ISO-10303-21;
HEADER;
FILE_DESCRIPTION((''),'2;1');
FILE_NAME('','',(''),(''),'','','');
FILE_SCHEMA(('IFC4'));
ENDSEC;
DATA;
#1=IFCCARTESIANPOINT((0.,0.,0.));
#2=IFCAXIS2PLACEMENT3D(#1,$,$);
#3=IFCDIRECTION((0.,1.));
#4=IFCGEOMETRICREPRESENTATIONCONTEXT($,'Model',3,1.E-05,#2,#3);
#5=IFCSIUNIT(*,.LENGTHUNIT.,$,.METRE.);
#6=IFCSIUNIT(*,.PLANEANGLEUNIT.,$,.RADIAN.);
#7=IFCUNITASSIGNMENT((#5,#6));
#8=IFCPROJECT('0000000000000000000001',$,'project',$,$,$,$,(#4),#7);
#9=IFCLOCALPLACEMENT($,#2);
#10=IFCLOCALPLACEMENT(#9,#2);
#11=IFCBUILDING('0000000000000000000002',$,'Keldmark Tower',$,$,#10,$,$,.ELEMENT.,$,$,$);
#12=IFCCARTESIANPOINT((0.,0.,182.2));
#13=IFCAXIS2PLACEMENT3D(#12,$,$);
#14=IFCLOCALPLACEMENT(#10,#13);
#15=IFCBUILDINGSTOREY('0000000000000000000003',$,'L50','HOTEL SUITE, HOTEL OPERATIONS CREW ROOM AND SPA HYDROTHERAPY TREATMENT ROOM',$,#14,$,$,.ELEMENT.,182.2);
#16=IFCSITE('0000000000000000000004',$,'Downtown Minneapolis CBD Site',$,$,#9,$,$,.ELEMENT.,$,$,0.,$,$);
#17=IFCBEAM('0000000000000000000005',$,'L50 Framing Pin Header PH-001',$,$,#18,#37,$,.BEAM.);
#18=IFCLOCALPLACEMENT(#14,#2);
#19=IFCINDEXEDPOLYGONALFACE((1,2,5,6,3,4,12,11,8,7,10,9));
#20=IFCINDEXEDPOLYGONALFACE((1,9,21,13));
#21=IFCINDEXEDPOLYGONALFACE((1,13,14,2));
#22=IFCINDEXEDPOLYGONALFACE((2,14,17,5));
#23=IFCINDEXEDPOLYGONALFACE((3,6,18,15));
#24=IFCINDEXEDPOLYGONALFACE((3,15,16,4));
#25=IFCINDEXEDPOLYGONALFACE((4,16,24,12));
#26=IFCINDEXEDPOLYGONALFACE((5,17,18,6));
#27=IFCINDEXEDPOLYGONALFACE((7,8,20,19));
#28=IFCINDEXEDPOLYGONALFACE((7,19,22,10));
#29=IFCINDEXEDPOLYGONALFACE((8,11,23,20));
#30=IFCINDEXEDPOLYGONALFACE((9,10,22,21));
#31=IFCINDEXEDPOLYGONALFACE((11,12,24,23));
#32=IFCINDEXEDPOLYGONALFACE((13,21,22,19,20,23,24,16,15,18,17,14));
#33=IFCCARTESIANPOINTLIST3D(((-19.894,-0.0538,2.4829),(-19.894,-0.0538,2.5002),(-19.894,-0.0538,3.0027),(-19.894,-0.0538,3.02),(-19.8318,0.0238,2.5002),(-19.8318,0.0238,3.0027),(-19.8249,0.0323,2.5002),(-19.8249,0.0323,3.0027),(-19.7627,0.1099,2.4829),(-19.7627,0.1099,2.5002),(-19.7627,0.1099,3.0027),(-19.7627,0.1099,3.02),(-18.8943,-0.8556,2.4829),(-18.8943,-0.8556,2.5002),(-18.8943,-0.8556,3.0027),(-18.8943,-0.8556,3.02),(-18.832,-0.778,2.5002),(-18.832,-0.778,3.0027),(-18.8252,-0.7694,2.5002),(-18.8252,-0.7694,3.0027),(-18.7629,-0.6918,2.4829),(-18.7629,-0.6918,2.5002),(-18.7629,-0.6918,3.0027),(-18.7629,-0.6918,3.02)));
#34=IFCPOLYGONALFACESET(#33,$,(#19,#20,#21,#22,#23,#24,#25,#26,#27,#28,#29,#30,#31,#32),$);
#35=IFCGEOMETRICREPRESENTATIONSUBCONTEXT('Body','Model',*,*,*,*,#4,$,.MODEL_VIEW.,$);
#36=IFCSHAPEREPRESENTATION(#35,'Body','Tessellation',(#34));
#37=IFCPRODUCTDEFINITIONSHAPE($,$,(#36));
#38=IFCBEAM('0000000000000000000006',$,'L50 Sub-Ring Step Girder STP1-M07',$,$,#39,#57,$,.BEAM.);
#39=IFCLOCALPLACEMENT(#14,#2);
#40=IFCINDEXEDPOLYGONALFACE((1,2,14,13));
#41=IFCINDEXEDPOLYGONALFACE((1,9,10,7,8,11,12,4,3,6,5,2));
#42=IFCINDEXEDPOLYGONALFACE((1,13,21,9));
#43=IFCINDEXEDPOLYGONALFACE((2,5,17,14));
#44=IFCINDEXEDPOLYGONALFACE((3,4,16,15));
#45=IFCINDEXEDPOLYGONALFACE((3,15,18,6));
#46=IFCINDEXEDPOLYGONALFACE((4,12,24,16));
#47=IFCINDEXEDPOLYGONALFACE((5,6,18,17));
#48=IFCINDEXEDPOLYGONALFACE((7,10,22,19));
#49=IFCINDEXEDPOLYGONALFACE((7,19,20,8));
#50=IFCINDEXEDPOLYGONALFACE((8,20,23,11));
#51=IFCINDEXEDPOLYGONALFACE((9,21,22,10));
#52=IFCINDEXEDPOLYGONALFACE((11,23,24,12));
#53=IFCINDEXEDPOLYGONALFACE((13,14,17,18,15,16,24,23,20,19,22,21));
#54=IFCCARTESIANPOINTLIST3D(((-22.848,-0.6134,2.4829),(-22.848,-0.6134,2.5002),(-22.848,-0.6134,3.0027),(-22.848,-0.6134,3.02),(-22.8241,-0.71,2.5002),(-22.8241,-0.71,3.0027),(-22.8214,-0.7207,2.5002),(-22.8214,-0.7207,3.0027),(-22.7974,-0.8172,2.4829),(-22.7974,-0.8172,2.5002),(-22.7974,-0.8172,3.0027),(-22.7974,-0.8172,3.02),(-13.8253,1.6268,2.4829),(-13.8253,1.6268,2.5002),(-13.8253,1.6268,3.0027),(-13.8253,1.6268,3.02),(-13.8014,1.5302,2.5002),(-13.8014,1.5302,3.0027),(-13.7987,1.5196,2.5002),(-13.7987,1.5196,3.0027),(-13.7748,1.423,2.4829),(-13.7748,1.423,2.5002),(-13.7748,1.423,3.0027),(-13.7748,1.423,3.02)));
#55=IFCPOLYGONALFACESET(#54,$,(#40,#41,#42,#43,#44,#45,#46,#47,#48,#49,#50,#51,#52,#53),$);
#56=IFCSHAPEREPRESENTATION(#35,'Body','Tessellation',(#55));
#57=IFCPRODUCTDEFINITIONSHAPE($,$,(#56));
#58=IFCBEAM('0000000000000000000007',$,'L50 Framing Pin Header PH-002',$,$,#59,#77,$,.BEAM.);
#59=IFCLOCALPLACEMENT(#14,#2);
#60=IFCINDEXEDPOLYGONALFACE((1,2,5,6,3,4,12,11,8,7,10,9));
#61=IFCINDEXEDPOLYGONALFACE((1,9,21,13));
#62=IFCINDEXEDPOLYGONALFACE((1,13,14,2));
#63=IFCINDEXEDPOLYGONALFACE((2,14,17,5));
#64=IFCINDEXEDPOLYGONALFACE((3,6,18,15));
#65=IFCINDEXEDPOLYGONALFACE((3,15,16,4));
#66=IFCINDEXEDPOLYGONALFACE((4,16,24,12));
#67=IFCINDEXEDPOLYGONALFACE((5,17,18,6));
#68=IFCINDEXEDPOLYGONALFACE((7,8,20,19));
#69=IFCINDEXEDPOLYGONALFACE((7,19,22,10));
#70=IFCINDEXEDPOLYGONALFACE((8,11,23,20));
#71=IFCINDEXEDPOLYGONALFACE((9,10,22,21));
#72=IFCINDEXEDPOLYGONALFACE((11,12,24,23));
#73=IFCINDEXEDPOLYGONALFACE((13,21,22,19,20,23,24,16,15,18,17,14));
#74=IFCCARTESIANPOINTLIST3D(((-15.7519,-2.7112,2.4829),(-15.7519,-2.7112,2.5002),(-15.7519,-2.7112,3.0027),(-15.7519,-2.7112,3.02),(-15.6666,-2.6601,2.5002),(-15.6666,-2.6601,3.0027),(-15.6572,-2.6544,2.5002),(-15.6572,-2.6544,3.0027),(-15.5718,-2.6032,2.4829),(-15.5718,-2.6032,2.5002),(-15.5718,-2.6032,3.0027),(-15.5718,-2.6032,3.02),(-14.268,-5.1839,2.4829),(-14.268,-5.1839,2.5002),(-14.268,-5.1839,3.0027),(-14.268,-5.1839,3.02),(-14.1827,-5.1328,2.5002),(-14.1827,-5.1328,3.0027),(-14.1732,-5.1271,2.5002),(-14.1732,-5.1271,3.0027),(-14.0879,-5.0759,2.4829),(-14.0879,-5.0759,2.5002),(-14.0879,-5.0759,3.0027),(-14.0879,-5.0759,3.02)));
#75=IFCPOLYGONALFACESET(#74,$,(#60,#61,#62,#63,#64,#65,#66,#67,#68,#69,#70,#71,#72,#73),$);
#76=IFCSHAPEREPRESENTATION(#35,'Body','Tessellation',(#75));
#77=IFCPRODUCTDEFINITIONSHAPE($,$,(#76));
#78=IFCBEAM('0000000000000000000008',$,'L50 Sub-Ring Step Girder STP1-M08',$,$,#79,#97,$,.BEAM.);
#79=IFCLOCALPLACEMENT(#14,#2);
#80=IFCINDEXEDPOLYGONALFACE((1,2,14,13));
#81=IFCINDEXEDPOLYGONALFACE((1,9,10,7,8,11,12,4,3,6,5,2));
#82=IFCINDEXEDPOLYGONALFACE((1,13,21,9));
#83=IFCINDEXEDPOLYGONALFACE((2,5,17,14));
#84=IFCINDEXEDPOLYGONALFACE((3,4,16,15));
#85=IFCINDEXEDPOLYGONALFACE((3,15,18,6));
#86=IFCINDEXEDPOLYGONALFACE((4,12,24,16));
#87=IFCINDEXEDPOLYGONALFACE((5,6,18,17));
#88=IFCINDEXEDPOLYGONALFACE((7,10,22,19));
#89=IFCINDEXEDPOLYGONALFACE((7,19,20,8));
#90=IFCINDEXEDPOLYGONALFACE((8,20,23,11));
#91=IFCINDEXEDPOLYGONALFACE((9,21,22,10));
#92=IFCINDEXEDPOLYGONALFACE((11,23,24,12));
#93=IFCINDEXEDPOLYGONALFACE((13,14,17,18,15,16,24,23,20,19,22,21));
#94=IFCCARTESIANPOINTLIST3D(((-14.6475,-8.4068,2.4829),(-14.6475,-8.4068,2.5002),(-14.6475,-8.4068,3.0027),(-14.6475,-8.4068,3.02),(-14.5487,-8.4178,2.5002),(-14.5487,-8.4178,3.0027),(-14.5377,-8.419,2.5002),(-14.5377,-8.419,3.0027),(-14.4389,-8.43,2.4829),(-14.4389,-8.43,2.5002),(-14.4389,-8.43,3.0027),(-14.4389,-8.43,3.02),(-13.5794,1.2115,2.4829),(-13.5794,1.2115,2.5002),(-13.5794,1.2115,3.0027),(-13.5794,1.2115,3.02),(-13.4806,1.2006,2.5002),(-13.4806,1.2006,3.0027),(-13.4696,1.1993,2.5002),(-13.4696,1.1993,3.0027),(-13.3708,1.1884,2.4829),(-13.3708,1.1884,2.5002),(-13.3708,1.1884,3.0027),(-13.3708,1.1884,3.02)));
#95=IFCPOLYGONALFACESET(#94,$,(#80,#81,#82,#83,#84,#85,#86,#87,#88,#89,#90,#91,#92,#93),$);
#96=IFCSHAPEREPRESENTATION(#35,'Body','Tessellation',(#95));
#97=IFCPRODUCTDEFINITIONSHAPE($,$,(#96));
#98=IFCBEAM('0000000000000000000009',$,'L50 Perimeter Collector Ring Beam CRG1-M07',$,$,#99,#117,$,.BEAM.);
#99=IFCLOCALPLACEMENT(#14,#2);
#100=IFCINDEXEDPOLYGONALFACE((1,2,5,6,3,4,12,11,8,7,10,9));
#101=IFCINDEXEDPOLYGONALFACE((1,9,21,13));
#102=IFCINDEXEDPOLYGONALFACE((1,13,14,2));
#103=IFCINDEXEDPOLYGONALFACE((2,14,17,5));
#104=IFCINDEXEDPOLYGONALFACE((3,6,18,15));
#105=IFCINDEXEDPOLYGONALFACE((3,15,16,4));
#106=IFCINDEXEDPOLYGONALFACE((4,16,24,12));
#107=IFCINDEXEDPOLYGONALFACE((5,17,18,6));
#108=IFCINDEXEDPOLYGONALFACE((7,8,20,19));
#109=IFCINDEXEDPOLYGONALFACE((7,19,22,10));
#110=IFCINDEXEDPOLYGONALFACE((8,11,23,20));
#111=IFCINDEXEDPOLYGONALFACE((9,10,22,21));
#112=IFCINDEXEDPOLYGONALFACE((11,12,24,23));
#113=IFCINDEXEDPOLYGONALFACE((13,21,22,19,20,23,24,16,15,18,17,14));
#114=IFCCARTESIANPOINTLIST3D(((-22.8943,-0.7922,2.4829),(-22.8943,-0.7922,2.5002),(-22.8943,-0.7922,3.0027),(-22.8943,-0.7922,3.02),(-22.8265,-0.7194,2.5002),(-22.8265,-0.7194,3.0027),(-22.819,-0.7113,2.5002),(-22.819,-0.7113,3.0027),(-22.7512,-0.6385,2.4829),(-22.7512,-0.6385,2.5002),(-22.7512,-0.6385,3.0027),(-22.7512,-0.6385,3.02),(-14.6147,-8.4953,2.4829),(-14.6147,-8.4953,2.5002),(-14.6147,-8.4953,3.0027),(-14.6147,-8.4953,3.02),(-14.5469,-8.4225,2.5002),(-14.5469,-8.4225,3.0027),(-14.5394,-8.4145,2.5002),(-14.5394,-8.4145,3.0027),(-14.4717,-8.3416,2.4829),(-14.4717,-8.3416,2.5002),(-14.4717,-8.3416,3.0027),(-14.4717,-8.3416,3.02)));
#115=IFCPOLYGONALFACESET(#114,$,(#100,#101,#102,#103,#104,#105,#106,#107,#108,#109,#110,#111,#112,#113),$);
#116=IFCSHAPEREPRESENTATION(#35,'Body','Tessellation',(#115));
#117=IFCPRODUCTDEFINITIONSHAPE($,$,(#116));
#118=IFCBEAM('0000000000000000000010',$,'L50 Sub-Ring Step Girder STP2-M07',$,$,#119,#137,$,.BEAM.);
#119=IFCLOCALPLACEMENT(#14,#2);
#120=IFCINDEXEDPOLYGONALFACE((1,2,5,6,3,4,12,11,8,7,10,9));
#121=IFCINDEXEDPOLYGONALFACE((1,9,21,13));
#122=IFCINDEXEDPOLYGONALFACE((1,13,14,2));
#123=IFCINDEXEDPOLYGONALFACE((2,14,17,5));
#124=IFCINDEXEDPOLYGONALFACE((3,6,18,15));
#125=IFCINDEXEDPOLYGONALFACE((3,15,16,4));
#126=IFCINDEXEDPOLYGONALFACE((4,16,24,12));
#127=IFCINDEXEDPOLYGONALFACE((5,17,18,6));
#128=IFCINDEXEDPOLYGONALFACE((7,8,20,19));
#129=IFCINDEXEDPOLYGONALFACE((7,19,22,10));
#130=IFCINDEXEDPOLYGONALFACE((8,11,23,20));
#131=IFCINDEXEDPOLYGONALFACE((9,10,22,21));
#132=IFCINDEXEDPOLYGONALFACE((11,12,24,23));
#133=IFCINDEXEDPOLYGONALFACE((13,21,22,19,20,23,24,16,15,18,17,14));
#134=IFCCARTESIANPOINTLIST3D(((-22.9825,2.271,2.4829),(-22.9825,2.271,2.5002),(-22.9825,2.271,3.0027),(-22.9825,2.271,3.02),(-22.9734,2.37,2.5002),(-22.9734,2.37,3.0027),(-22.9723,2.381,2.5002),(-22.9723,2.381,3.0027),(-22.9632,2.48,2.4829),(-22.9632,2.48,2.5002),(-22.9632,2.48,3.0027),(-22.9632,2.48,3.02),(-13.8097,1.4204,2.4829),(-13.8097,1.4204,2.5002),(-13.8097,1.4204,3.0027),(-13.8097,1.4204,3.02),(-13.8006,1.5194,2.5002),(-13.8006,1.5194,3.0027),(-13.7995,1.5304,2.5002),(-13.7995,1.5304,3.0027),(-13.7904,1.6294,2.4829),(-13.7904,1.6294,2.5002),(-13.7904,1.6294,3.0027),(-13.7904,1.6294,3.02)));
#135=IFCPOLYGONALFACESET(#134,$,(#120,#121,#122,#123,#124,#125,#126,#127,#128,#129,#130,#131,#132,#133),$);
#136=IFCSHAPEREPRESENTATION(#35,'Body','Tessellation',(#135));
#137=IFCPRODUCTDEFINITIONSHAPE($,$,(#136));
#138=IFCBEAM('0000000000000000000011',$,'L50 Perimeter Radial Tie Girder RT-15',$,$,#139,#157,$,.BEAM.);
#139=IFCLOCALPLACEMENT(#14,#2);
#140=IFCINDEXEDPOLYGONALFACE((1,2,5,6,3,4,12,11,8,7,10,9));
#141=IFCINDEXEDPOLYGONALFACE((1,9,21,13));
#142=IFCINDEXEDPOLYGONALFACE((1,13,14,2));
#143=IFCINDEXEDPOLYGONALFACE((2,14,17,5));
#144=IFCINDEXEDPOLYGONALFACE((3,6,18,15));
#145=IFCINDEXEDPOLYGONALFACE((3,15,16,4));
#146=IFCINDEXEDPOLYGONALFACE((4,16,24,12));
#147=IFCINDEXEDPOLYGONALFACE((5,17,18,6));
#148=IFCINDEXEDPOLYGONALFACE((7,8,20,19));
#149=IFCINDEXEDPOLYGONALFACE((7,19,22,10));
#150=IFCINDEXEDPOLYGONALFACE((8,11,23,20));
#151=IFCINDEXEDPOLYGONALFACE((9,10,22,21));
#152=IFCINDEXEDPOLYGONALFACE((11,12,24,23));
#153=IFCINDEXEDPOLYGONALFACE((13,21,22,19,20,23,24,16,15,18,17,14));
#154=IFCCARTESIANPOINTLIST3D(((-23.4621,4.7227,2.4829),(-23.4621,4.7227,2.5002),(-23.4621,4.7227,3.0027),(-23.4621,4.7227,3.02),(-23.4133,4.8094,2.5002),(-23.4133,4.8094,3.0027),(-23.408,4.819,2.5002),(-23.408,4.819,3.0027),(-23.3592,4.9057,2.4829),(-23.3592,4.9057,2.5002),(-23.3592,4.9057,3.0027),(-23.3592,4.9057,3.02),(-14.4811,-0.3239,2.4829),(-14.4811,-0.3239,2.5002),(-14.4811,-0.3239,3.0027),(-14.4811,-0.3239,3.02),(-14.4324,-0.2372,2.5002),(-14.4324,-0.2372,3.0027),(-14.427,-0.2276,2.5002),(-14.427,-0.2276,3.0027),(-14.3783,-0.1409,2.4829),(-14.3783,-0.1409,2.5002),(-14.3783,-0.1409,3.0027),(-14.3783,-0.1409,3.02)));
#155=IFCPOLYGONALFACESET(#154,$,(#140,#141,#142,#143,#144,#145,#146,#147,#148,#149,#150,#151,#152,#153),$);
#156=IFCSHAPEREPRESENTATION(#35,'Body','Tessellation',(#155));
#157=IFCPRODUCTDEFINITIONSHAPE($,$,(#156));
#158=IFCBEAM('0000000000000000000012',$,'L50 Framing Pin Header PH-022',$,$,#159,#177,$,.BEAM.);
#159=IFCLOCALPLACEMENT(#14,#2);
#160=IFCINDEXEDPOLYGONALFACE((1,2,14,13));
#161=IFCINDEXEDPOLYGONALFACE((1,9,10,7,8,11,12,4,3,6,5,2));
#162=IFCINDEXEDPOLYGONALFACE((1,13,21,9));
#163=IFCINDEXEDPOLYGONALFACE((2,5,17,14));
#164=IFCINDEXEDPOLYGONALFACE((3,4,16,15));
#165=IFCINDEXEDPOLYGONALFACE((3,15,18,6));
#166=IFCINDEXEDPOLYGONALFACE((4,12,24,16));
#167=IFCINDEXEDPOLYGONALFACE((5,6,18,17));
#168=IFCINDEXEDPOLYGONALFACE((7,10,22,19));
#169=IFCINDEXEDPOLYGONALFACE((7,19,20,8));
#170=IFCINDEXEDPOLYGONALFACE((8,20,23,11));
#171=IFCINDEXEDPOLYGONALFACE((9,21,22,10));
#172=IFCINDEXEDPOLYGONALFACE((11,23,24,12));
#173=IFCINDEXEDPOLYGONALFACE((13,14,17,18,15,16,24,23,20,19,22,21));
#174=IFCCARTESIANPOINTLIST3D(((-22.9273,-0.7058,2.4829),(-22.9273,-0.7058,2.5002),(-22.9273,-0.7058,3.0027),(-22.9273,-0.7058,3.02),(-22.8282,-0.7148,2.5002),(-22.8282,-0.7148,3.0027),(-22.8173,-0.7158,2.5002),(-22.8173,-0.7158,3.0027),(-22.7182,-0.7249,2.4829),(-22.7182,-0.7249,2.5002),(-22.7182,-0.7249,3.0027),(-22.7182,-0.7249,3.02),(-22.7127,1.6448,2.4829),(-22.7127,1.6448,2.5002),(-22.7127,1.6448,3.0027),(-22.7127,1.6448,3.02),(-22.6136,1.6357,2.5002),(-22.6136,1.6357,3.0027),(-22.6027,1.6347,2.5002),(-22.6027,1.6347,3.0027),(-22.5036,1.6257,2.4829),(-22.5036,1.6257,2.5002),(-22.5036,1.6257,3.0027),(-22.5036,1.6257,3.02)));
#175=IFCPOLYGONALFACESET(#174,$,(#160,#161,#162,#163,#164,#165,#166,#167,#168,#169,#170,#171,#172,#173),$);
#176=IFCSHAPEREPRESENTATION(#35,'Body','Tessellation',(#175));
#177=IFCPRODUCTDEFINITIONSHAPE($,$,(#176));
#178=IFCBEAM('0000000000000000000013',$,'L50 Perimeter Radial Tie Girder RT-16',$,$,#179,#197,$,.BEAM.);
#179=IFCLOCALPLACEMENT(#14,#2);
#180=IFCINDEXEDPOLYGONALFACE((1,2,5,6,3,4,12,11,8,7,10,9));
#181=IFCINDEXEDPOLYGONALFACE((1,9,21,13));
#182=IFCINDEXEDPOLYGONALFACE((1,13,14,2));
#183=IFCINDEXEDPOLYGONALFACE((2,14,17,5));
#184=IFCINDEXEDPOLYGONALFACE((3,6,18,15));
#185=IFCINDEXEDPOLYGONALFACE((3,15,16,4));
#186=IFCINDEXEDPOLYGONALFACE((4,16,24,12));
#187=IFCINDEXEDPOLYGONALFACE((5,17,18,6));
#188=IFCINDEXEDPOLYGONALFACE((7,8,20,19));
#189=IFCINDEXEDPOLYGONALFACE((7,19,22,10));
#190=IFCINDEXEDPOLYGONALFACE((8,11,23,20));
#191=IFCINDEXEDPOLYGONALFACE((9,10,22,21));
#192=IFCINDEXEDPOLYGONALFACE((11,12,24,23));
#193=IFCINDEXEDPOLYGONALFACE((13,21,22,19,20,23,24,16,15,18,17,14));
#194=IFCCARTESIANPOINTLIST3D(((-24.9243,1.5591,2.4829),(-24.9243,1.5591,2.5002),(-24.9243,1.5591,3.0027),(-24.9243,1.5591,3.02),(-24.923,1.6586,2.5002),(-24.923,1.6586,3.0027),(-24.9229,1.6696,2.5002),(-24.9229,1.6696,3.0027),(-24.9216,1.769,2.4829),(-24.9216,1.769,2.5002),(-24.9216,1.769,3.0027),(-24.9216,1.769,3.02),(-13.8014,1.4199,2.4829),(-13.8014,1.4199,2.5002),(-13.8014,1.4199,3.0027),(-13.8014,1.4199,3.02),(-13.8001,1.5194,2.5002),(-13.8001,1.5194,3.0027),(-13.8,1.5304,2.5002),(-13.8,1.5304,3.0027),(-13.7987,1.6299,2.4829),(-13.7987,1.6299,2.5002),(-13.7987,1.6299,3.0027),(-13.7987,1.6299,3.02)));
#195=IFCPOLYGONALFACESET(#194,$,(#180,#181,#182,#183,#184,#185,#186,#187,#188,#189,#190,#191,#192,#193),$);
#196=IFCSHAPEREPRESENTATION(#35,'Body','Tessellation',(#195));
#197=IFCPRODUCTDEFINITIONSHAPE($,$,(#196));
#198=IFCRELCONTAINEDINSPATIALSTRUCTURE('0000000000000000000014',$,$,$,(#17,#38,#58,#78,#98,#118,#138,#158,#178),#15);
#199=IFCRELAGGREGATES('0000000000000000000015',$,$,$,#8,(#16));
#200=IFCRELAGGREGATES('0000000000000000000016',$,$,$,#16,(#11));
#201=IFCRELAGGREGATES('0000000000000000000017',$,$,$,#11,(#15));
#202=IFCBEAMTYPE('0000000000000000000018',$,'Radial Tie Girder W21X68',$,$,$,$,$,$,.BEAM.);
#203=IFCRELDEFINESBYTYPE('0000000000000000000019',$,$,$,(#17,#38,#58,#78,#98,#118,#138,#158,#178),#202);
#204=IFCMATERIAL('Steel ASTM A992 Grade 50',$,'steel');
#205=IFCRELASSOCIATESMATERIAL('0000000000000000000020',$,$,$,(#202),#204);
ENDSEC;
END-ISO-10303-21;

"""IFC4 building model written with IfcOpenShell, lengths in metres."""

from ifc_helpers import new_model, si_unit, direction, frame, origin, origin_2d, place, context, subcontext, project, spatial, i_section, extrude, material, material_profile, profile_set, type_object, element, save


model = new_model("IFC4")

# Units and contexts
model_context = context("Model", 3, precision=1e-05, world=origin(), true_north=direction((0.0, 1.0)))
body_context = subcontext(model_context, "Body", "Model", "MODEL_VIEW")
ifc_project = project(units=[si_unit("LENGTHUNIT", "METRE"), si_unit("PLANEANGLEUNIT", "RADIAN")], contexts=[model_context])

# Site, building, storey
site_placement = place(None, origin())
site = spatial("IfcSite", under=ifc_project, at=site_placement, Name="Downtown Minneapolis CBD Site", CompositionType="ELEMENT", RefElevation=0.0)
building_placement = place(site_placement, origin())
building = spatial("IfcBuilding", under=site, at=building_placement, Name="Keldmark Tower", CompositionType="ELEMENT")
storey_placement = place(building_placement, frame((0.0, 0.0, 182.2)))
storey = spatial("IfcBuildingStorey", under=building, at=storey_placement, Name="L50", Description="HOTEL SUITE, HOTEL OPERATIONS CREW ROOM AND SPA HYDROTHERAPY TREATMENT ROOM", CompositionType="ELEMENT", Elevation=182.2)

# Beams
ifc_material_1 = material(Name="Steel ASTM A992 Grade 50", Category="steel")
ifc_material_profile_1 = material_profile(ifc_material_1, i_section(OverallWidth=0.21, OverallDepth=0.5371, WebThickness=0.011, FlangeThickness=0.0173, at=origin_2d()), Name="W21X68")
ifc_profile_set_1 = profile_set([ifc_material_profile_1], Name="Steel ASTM A992 Grade 50")
beam_type_1 = type_object("IfcBeamType", Name="Radial Tie Girder W21X68", PredefinedType="BEAM", material=ifc_profile_set_1)
beam_1_placement = place(storey_placement, frame((-18.8286, -0.7737, 2.7515), z_axis=(-0.780125, 0.625624, 0.0), x_axis=(-0.625624, -0.780125, 0.0)))
element("IfcBeam", 1, at=beam_1_placement, inside=storey, type_object=beam_type_1, Name="L50 Framing Pin Header PH-001", PredefinedType="BEAM", context=body_context, shape_type="SweptSolid", body=[
    extrude(i_section(OverallWidth=0.21, OverallDepth=0.5371, WebThickness=0.011, FlangeThickness=0.0173, at=origin_2d()), origin(), (0.0, 0.0, 1.0), 1.2815),
])
beam_2_placement = place(storey_placement, frame((-13.8, 1.5249, 2.7515), z_axis=(-0.970532, -0.240972, 0.0), x_axis=(0.240972, -0.970532, 0.0)))
element("IfcBeam", 2, at=beam_2_placement, inside=storey, type_object=beam_type_1, Name="L50 Sub-Ring Step Girder STP1-M07", PredefinedType="BEAM", context=body_context, shape_type="SweptSolid", body=[
    extrude(i_section(OverallWidth=0.21, OverallDepth=0.5371, WebThickness=0.011, FlangeThickness=0.0173, at=origin_2d()), origin(), (0.0, 0.0, 1.0), 9.2966),
])
beam_3_placement = place(storey_placement, frame((-15.6619, -2.6572, 2.7515), z_axis=(0.51457, -0.857448, 0.0), x_axis=(0.857448, 0.51457, 0.0)))
element("IfcBeam", 3, at=beam_3_placement, inside=storey, type_object=beam_type_1, Name="L50 Framing Pin Header PH-002", PredefinedType="BEAM", context=body_context, shape_type="SweptSolid", body=[
    extrude(i_section(OverallWidth=0.21, OverallDepth=0.5371, WebThickness=0.011, FlangeThickness=0.0173, at=origin_2d()), origin(), (0.0, 0.0, 1.0), 2.8838),
])
beam_4_placement = place(storey_placement, frame((-13.4751, 1.2, 2.7515), z_axis=(-0.110371, -0.993891, 0.0), x_axis=(0.993891, -0.110371, 0.0)))
element("IfcBeam", 4, at=beam_4_placement, inside=storey, type_object=beam_type_1, Name="L50 Sub-Ring Step Girder STP1-M08", PredefinedType="BEAM", context=body_context, shape_type="SweptSolid", body=[
    extrude(i_section(OverallWidth=0.21, OverallDepth=0.5371, WebThickness=0.011, FlangeThickness=0.0173, at=origin_2d()), origin(), (0.0, 0.0, 1.0), 9.6775),
])
beam_5_placement = place(storey_placement, frame((-22.8228, -0.7153, 2.7515), z_axis=(0.732133, -0.681162, 0.0), x_axis=(0.681162, 0.732133, 0.0)))
element("IfcBeam", 5, at=beam_5_placement, inside=storey, type_object=beam_type_1, Name="L50 Perimeter Collector Ring Beam CRG1-M07", PredefinedType="BEAM", context=body_context, shape_type="SweptSolid", body=[
    extrude(i_section(OverallWidth=0.21, OverallDepth=0.5371, WebThickness=0.011, FlangeThickness=0.0173, at=origin_2d()), origin(), (0.0, 0.0, 1.0), 11.3088),
])
beam_6_placement = place(storey_placement, frame((-13.8, 1.5249, 2.7515), z_axis=(-0.995728, 0.092333, 0.0), x_axis=(-0.092333, -0.995728, 0.0)))
element("IfcBeam", 6, at=beam_6_placement, inside=storey, type_object=beam_type_1, Name="L50 Sub-Ring Step Girder STP2-M07", PredefinedType="BEAM", context=body_context, shape_type="SweptSolid", body=[
    extrude(i_section(OverallWidth=0.21, OverallDepth=0.5371, WebThickness=0.011, FlangeThickness=0.0173, at=origin_2d()), origin(), (0.0, 0.0, 1.0), 9.2122),
])
beam_7_placement = place(storey_placement, frame((-14.4297, -0.2324, 2.7515), z_axis=(-0.871789, 0.489881, 0.0), x_axis=(-0.489881, -0.871789, 0.0)))
element("IfcBeam", 7, at=beam_7_placement, inside=storey, type_object=beam_type_1, Name="L50 Perimeter Radial Tie Girder RT-15", PredefinedType="BEAM", context=body_context, shape_type="SweptSolid", body=[
    extrude(i_section(OverallWidth=0.21, OverallDepth=0.5371, WebThickness=0.011, FlangeThickness=0.0173, at=origin_2d()), origin(), (0.0, 0.0, 1.0), 10.3018),
])
beam_8_placement = place(storey_placement, frame((-22.8228, -0.7153, 2.7515), z_axis=(0.090918, 0.995858, 0.0), x_axis=(-0.995858, 0.090918, 0.0)))
element("IfcBeam", 8, at=beam_8_placement, inside=storey, type_object=beam_type_1, Name="L50 Framing Pin Header PH-022", PredefinedType="BEAM", context=body_context, shape_type="SweptSolid", body=[
    extrude(i_section(OverallWidth=0.21, OverallDepth=0.5371, WebThickness=0.011, FlangeThickness=0.0173, at=origin_2d()), origin(), (0.0, 0.0, 1.0), 2.3604),
])
beam_9_placement = place(storey_placement, frame((-13.8, 1.5249, 2.7515), z_axis=(-0.999922, 0.01251, 0.0), x_axis=(-0.01251, -0.999922, 0.0)))
element("IfcBeam", 9, at=beam_9_placement, inside=storey, type_object=beam_type_1, Name="L50 Perimeter Radial Tie Girder RT-16", PredefinedType="BEAM", context=body_context, shape_type="SweptSolid", body=[
    extrude(i_section(OverallWidth=0.21, OverallDepth=0.5371, WebThickness=0.011, FlangeThickness=0.0173, at=origin_2d()), origin(), (0.0, 0.0, 1.0), 11.1238),
])

save(model, "model.ifc")
